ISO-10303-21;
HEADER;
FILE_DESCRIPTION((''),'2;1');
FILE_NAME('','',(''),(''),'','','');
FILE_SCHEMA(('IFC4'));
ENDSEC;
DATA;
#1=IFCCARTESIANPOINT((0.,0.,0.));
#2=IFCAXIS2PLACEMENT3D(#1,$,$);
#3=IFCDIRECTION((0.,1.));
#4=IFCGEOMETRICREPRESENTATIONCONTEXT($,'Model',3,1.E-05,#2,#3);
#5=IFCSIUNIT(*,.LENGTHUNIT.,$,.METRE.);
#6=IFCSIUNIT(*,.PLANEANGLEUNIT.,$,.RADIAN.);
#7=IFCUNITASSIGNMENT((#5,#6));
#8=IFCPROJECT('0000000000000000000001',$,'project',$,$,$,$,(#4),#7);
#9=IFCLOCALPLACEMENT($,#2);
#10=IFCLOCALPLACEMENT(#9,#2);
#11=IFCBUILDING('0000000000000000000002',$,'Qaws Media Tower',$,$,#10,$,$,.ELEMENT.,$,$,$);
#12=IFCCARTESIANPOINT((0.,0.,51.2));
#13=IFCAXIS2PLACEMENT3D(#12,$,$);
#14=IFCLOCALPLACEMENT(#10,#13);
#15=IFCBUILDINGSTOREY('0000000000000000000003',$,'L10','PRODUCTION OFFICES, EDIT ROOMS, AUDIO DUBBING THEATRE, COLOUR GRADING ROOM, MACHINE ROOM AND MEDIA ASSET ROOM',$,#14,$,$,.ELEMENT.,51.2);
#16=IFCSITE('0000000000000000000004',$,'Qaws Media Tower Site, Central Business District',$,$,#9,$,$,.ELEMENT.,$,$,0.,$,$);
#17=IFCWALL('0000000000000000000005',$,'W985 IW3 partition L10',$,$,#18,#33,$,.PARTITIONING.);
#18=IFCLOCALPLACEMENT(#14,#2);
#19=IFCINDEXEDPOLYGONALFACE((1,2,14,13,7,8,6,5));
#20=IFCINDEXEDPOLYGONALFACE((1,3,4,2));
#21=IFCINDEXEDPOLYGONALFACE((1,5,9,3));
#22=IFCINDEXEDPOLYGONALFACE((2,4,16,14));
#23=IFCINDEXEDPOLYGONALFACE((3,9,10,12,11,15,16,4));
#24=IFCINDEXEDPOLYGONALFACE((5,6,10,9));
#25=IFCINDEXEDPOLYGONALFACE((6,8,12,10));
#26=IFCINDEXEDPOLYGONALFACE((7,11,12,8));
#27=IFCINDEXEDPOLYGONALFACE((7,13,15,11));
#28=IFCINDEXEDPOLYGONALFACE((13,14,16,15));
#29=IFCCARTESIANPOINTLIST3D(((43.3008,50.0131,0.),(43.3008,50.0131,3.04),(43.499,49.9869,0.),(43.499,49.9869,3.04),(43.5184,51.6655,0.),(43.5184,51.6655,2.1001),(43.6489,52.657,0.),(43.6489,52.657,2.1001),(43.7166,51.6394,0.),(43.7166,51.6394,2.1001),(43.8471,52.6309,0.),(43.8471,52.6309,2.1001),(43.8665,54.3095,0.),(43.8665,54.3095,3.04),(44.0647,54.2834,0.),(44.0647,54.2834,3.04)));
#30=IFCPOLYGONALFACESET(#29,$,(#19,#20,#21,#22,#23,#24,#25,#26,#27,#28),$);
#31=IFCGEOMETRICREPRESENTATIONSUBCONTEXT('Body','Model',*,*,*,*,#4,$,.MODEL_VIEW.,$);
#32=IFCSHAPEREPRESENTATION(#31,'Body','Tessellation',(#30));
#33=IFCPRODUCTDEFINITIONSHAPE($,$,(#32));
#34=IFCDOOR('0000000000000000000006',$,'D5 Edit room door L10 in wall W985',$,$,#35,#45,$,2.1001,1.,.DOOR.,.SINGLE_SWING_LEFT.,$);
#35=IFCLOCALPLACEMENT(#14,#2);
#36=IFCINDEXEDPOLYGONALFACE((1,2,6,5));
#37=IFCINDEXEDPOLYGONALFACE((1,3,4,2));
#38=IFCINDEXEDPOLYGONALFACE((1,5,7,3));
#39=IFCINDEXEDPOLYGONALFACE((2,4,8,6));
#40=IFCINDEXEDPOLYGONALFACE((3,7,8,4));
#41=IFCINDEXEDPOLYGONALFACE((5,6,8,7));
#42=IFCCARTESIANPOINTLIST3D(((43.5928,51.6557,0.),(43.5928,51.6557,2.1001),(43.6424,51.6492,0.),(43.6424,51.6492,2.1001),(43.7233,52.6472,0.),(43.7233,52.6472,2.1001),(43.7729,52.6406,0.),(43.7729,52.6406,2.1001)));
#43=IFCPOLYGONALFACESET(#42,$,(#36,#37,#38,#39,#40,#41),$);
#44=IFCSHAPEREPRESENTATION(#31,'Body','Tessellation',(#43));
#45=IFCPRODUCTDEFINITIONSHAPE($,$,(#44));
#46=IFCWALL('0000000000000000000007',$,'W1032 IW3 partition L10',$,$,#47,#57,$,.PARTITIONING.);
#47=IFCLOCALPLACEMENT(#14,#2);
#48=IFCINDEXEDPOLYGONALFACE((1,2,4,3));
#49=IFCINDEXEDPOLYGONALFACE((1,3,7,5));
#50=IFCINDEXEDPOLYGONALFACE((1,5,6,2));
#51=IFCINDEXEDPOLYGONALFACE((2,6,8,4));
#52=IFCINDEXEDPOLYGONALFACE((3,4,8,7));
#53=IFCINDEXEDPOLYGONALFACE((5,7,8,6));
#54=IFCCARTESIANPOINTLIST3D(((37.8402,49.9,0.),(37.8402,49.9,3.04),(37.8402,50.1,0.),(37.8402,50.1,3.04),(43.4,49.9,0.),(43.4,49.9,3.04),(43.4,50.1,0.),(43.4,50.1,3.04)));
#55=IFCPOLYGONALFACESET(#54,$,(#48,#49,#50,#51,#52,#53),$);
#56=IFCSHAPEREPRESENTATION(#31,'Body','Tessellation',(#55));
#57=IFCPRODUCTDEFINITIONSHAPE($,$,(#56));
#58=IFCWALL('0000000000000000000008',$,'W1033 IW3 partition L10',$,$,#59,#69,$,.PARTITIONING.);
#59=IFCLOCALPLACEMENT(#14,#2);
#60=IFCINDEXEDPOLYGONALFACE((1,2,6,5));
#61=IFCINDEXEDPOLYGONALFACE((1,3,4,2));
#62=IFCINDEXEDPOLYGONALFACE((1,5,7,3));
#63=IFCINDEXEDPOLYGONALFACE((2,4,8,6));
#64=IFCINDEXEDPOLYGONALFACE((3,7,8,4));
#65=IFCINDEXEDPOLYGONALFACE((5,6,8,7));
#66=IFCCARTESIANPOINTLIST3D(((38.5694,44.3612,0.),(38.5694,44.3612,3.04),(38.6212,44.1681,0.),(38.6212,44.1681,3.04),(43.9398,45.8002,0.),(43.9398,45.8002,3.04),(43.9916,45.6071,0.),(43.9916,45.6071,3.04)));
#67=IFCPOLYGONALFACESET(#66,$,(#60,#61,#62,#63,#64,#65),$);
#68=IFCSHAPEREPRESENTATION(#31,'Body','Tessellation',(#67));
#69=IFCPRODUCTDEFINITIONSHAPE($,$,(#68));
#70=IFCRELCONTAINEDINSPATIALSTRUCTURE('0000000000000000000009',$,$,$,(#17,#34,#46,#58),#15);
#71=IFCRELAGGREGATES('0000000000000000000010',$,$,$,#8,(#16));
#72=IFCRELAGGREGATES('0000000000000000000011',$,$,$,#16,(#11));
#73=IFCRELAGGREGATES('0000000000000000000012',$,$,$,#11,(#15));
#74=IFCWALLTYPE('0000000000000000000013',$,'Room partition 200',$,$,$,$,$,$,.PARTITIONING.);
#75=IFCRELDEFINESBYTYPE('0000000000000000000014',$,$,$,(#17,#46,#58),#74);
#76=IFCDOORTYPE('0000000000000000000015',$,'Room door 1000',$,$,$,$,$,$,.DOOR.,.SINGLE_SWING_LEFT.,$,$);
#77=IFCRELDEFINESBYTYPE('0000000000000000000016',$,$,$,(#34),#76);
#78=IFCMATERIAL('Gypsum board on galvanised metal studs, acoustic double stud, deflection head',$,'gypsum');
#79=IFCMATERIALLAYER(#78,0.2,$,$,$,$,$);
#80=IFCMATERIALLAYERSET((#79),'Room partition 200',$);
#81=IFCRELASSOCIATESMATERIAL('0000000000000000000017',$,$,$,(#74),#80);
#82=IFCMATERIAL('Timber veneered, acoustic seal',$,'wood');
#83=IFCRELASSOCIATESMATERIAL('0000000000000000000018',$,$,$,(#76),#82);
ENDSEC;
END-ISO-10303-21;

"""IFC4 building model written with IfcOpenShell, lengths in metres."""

from ifc_helpers import new_model, si_unit, direction, frame, frame_2d, origin, place, context, subcontext, project, spatial, rectangle, extrude, material, layer, layer_set, type_object, element, fill, save


model = new_model("IFC4")

# Units and contexts
model_context = context("Model", 3, precision=1e-05, world=origin(), true_north=direction((0.0, 1.0)))
body_context = subcontext(model_context, "Body", "Model", "MODEL_VIEW")
ifc_project = project(units=[si_unit("LENGTHUNIT", "METRE"), si_unit("PLANEANGLEUNIT", "RADIAN")], contexts=[model_context])

# Site, building, storey
site_placement = place(None, origin())
site = spatial("IfcSite", under=ifc_project, at=site_placement, Name="Qaws Media Tower Site, Central Business District", CompositionType="ELEMENT", RefElevation=0.0)
building_placement = place(site_placement, origin())
building = spatial("IfcBuilding", under=site, at=building_placement, Name="Qaws Media Tower", CompositionType="ELEMENT")
storey_placement = place(building_placement, frame((0.0, 0.0, 51.2)))
storey = spatial("IfcBuildingStorey", under=building, at=storey_placement, Name="L10", Description="PRODUCTION OFFICES, EDIT ROOMS, AUDIO DUBBING THEATRE, COLOUR GRADING ROOM, MACHINE ROOM AND MEDIA ASSET ROOM", CompositionType="ELEMENT", Elevation=51.2)

# Wall, opening, door
ifc_material_1 = material(Name="Gypsum board on galvanised metal studs, acoustic double stud, deflection head", Category="gypsum")
ifc_layer_1 = layer(ifc_material_1, 0.2)
ifc_layer_set_1 = layer_set([ifc_layer_1], Name="Room partition 200")
wall_type_1 = type_object("IfcWallType", Name="Room partition 200", PredefinedType="PARTITIONING", material=ifc_layer_set_1)
ifc_material_2 = material(Name="Timber veneered, acoustic seal", Category="wood")
door_type_1 = type_object("IfcDoorType", Name="Room door 1000", OperationType="SINGLE_SWING_LEFT", PredefinedType="DOOR", material=ifc_material_2)
wall_1_placement = place(storey_placement, frame((43.3999, 50.0, 0.0), z_axis=(0.0, 0.0, 1.0), x_axis=(0.130536, 0.991444, 0.0)))
wall_1 = element("IfcWall", 1, at=wall_1_placement, inside=storey, type_object=wall_type_1, Name="W985 IW3 partition L10", PredefinedType="PARTITIONING", context=body_context, shape_type="SweptSolid", body=[
    extrude(rectangle(XDim=4.3335, YDim=0.2, at=frame_2d((2.1667, 0.0))), origin(), (0.0, 0.0, 1.0), 3.04),
])
opening_1_placement = place(wall_1_placement, frame((1.6667, 0.0, 0.0)))
opening_1 = element("IfcOpeningElement", 2, at=opening_1_placement, cuts=wall_1, PredefinedType="OPENING", context=body_context, shape_type="SweptSolid", body=[
    extrude(rectangle(XDim=1.0, YDim=2.1001, at=frame_2d((0.5, 1.05))), frame((0.0, 0.1099, 0.0), z_axis=(0.0, -1.0, 0.0), x_axis=(1.0, 0.0, 0.0)), (0.0, 0.0, 1.0), 0.22),
])
door_1_placement = place(opening_1_placement, origin())
door_1 = element("IfcDoor", 3, at=door_1_placement, inside=storey, type_object=door_type_1, Name="D5 Edit room door L10 in wall W985", OperationType="SINGLE_SWING_LEFT", OverallHeight=2.1001, OverallWidth=1.0, PredefinedType="DOOR", context=body_context, shape_type="SweptSolid", body=[
    extrude(rectangle(XDim=1.0, YDim=2.1001, at=frame_2d((0.5, 1.05))), frame((0.0, 0.0249, 0.0), z_axis=(0.0, -1.0, 0.0), x_axis=(1.0, 0.0, 0.0)), (0.0, 0.0, 1.0), 0.05),
])
fill(opening_1, door_1)

# Walls
for number, where, z_axis, x_axis, name in (
    (4, (43.3999, 50.0, 0.0), (0.0, 0.0, 1.0), (-1.0, 0.0, 0.0), "W1032 IW3 partition L10"),
    (5, (43.9656, 45.7036, 0.0), (0.0, 0.0, 1.0), (-0.965927, -0.258816, 0.0), "W1033 IW3 partition L10"),
):
    element("IfcWall", number, at=place(storey_placement, frame(where, z_axis=z_axis, x_axis=x_axis)), inside=storey, type_object=wall_type_1, Name=name, PredefinedType="PARTITIONING", context=body_context, shape_type="SweptSolid", body=[
        extrude(rectangle(XDim=5.5598, YDim=0.2, at=frame_2d((2.7798, 0.0))), origin(), (0.0, 0.0, 1.0), 3.04),
    ])

save(model, "model.ifc")
